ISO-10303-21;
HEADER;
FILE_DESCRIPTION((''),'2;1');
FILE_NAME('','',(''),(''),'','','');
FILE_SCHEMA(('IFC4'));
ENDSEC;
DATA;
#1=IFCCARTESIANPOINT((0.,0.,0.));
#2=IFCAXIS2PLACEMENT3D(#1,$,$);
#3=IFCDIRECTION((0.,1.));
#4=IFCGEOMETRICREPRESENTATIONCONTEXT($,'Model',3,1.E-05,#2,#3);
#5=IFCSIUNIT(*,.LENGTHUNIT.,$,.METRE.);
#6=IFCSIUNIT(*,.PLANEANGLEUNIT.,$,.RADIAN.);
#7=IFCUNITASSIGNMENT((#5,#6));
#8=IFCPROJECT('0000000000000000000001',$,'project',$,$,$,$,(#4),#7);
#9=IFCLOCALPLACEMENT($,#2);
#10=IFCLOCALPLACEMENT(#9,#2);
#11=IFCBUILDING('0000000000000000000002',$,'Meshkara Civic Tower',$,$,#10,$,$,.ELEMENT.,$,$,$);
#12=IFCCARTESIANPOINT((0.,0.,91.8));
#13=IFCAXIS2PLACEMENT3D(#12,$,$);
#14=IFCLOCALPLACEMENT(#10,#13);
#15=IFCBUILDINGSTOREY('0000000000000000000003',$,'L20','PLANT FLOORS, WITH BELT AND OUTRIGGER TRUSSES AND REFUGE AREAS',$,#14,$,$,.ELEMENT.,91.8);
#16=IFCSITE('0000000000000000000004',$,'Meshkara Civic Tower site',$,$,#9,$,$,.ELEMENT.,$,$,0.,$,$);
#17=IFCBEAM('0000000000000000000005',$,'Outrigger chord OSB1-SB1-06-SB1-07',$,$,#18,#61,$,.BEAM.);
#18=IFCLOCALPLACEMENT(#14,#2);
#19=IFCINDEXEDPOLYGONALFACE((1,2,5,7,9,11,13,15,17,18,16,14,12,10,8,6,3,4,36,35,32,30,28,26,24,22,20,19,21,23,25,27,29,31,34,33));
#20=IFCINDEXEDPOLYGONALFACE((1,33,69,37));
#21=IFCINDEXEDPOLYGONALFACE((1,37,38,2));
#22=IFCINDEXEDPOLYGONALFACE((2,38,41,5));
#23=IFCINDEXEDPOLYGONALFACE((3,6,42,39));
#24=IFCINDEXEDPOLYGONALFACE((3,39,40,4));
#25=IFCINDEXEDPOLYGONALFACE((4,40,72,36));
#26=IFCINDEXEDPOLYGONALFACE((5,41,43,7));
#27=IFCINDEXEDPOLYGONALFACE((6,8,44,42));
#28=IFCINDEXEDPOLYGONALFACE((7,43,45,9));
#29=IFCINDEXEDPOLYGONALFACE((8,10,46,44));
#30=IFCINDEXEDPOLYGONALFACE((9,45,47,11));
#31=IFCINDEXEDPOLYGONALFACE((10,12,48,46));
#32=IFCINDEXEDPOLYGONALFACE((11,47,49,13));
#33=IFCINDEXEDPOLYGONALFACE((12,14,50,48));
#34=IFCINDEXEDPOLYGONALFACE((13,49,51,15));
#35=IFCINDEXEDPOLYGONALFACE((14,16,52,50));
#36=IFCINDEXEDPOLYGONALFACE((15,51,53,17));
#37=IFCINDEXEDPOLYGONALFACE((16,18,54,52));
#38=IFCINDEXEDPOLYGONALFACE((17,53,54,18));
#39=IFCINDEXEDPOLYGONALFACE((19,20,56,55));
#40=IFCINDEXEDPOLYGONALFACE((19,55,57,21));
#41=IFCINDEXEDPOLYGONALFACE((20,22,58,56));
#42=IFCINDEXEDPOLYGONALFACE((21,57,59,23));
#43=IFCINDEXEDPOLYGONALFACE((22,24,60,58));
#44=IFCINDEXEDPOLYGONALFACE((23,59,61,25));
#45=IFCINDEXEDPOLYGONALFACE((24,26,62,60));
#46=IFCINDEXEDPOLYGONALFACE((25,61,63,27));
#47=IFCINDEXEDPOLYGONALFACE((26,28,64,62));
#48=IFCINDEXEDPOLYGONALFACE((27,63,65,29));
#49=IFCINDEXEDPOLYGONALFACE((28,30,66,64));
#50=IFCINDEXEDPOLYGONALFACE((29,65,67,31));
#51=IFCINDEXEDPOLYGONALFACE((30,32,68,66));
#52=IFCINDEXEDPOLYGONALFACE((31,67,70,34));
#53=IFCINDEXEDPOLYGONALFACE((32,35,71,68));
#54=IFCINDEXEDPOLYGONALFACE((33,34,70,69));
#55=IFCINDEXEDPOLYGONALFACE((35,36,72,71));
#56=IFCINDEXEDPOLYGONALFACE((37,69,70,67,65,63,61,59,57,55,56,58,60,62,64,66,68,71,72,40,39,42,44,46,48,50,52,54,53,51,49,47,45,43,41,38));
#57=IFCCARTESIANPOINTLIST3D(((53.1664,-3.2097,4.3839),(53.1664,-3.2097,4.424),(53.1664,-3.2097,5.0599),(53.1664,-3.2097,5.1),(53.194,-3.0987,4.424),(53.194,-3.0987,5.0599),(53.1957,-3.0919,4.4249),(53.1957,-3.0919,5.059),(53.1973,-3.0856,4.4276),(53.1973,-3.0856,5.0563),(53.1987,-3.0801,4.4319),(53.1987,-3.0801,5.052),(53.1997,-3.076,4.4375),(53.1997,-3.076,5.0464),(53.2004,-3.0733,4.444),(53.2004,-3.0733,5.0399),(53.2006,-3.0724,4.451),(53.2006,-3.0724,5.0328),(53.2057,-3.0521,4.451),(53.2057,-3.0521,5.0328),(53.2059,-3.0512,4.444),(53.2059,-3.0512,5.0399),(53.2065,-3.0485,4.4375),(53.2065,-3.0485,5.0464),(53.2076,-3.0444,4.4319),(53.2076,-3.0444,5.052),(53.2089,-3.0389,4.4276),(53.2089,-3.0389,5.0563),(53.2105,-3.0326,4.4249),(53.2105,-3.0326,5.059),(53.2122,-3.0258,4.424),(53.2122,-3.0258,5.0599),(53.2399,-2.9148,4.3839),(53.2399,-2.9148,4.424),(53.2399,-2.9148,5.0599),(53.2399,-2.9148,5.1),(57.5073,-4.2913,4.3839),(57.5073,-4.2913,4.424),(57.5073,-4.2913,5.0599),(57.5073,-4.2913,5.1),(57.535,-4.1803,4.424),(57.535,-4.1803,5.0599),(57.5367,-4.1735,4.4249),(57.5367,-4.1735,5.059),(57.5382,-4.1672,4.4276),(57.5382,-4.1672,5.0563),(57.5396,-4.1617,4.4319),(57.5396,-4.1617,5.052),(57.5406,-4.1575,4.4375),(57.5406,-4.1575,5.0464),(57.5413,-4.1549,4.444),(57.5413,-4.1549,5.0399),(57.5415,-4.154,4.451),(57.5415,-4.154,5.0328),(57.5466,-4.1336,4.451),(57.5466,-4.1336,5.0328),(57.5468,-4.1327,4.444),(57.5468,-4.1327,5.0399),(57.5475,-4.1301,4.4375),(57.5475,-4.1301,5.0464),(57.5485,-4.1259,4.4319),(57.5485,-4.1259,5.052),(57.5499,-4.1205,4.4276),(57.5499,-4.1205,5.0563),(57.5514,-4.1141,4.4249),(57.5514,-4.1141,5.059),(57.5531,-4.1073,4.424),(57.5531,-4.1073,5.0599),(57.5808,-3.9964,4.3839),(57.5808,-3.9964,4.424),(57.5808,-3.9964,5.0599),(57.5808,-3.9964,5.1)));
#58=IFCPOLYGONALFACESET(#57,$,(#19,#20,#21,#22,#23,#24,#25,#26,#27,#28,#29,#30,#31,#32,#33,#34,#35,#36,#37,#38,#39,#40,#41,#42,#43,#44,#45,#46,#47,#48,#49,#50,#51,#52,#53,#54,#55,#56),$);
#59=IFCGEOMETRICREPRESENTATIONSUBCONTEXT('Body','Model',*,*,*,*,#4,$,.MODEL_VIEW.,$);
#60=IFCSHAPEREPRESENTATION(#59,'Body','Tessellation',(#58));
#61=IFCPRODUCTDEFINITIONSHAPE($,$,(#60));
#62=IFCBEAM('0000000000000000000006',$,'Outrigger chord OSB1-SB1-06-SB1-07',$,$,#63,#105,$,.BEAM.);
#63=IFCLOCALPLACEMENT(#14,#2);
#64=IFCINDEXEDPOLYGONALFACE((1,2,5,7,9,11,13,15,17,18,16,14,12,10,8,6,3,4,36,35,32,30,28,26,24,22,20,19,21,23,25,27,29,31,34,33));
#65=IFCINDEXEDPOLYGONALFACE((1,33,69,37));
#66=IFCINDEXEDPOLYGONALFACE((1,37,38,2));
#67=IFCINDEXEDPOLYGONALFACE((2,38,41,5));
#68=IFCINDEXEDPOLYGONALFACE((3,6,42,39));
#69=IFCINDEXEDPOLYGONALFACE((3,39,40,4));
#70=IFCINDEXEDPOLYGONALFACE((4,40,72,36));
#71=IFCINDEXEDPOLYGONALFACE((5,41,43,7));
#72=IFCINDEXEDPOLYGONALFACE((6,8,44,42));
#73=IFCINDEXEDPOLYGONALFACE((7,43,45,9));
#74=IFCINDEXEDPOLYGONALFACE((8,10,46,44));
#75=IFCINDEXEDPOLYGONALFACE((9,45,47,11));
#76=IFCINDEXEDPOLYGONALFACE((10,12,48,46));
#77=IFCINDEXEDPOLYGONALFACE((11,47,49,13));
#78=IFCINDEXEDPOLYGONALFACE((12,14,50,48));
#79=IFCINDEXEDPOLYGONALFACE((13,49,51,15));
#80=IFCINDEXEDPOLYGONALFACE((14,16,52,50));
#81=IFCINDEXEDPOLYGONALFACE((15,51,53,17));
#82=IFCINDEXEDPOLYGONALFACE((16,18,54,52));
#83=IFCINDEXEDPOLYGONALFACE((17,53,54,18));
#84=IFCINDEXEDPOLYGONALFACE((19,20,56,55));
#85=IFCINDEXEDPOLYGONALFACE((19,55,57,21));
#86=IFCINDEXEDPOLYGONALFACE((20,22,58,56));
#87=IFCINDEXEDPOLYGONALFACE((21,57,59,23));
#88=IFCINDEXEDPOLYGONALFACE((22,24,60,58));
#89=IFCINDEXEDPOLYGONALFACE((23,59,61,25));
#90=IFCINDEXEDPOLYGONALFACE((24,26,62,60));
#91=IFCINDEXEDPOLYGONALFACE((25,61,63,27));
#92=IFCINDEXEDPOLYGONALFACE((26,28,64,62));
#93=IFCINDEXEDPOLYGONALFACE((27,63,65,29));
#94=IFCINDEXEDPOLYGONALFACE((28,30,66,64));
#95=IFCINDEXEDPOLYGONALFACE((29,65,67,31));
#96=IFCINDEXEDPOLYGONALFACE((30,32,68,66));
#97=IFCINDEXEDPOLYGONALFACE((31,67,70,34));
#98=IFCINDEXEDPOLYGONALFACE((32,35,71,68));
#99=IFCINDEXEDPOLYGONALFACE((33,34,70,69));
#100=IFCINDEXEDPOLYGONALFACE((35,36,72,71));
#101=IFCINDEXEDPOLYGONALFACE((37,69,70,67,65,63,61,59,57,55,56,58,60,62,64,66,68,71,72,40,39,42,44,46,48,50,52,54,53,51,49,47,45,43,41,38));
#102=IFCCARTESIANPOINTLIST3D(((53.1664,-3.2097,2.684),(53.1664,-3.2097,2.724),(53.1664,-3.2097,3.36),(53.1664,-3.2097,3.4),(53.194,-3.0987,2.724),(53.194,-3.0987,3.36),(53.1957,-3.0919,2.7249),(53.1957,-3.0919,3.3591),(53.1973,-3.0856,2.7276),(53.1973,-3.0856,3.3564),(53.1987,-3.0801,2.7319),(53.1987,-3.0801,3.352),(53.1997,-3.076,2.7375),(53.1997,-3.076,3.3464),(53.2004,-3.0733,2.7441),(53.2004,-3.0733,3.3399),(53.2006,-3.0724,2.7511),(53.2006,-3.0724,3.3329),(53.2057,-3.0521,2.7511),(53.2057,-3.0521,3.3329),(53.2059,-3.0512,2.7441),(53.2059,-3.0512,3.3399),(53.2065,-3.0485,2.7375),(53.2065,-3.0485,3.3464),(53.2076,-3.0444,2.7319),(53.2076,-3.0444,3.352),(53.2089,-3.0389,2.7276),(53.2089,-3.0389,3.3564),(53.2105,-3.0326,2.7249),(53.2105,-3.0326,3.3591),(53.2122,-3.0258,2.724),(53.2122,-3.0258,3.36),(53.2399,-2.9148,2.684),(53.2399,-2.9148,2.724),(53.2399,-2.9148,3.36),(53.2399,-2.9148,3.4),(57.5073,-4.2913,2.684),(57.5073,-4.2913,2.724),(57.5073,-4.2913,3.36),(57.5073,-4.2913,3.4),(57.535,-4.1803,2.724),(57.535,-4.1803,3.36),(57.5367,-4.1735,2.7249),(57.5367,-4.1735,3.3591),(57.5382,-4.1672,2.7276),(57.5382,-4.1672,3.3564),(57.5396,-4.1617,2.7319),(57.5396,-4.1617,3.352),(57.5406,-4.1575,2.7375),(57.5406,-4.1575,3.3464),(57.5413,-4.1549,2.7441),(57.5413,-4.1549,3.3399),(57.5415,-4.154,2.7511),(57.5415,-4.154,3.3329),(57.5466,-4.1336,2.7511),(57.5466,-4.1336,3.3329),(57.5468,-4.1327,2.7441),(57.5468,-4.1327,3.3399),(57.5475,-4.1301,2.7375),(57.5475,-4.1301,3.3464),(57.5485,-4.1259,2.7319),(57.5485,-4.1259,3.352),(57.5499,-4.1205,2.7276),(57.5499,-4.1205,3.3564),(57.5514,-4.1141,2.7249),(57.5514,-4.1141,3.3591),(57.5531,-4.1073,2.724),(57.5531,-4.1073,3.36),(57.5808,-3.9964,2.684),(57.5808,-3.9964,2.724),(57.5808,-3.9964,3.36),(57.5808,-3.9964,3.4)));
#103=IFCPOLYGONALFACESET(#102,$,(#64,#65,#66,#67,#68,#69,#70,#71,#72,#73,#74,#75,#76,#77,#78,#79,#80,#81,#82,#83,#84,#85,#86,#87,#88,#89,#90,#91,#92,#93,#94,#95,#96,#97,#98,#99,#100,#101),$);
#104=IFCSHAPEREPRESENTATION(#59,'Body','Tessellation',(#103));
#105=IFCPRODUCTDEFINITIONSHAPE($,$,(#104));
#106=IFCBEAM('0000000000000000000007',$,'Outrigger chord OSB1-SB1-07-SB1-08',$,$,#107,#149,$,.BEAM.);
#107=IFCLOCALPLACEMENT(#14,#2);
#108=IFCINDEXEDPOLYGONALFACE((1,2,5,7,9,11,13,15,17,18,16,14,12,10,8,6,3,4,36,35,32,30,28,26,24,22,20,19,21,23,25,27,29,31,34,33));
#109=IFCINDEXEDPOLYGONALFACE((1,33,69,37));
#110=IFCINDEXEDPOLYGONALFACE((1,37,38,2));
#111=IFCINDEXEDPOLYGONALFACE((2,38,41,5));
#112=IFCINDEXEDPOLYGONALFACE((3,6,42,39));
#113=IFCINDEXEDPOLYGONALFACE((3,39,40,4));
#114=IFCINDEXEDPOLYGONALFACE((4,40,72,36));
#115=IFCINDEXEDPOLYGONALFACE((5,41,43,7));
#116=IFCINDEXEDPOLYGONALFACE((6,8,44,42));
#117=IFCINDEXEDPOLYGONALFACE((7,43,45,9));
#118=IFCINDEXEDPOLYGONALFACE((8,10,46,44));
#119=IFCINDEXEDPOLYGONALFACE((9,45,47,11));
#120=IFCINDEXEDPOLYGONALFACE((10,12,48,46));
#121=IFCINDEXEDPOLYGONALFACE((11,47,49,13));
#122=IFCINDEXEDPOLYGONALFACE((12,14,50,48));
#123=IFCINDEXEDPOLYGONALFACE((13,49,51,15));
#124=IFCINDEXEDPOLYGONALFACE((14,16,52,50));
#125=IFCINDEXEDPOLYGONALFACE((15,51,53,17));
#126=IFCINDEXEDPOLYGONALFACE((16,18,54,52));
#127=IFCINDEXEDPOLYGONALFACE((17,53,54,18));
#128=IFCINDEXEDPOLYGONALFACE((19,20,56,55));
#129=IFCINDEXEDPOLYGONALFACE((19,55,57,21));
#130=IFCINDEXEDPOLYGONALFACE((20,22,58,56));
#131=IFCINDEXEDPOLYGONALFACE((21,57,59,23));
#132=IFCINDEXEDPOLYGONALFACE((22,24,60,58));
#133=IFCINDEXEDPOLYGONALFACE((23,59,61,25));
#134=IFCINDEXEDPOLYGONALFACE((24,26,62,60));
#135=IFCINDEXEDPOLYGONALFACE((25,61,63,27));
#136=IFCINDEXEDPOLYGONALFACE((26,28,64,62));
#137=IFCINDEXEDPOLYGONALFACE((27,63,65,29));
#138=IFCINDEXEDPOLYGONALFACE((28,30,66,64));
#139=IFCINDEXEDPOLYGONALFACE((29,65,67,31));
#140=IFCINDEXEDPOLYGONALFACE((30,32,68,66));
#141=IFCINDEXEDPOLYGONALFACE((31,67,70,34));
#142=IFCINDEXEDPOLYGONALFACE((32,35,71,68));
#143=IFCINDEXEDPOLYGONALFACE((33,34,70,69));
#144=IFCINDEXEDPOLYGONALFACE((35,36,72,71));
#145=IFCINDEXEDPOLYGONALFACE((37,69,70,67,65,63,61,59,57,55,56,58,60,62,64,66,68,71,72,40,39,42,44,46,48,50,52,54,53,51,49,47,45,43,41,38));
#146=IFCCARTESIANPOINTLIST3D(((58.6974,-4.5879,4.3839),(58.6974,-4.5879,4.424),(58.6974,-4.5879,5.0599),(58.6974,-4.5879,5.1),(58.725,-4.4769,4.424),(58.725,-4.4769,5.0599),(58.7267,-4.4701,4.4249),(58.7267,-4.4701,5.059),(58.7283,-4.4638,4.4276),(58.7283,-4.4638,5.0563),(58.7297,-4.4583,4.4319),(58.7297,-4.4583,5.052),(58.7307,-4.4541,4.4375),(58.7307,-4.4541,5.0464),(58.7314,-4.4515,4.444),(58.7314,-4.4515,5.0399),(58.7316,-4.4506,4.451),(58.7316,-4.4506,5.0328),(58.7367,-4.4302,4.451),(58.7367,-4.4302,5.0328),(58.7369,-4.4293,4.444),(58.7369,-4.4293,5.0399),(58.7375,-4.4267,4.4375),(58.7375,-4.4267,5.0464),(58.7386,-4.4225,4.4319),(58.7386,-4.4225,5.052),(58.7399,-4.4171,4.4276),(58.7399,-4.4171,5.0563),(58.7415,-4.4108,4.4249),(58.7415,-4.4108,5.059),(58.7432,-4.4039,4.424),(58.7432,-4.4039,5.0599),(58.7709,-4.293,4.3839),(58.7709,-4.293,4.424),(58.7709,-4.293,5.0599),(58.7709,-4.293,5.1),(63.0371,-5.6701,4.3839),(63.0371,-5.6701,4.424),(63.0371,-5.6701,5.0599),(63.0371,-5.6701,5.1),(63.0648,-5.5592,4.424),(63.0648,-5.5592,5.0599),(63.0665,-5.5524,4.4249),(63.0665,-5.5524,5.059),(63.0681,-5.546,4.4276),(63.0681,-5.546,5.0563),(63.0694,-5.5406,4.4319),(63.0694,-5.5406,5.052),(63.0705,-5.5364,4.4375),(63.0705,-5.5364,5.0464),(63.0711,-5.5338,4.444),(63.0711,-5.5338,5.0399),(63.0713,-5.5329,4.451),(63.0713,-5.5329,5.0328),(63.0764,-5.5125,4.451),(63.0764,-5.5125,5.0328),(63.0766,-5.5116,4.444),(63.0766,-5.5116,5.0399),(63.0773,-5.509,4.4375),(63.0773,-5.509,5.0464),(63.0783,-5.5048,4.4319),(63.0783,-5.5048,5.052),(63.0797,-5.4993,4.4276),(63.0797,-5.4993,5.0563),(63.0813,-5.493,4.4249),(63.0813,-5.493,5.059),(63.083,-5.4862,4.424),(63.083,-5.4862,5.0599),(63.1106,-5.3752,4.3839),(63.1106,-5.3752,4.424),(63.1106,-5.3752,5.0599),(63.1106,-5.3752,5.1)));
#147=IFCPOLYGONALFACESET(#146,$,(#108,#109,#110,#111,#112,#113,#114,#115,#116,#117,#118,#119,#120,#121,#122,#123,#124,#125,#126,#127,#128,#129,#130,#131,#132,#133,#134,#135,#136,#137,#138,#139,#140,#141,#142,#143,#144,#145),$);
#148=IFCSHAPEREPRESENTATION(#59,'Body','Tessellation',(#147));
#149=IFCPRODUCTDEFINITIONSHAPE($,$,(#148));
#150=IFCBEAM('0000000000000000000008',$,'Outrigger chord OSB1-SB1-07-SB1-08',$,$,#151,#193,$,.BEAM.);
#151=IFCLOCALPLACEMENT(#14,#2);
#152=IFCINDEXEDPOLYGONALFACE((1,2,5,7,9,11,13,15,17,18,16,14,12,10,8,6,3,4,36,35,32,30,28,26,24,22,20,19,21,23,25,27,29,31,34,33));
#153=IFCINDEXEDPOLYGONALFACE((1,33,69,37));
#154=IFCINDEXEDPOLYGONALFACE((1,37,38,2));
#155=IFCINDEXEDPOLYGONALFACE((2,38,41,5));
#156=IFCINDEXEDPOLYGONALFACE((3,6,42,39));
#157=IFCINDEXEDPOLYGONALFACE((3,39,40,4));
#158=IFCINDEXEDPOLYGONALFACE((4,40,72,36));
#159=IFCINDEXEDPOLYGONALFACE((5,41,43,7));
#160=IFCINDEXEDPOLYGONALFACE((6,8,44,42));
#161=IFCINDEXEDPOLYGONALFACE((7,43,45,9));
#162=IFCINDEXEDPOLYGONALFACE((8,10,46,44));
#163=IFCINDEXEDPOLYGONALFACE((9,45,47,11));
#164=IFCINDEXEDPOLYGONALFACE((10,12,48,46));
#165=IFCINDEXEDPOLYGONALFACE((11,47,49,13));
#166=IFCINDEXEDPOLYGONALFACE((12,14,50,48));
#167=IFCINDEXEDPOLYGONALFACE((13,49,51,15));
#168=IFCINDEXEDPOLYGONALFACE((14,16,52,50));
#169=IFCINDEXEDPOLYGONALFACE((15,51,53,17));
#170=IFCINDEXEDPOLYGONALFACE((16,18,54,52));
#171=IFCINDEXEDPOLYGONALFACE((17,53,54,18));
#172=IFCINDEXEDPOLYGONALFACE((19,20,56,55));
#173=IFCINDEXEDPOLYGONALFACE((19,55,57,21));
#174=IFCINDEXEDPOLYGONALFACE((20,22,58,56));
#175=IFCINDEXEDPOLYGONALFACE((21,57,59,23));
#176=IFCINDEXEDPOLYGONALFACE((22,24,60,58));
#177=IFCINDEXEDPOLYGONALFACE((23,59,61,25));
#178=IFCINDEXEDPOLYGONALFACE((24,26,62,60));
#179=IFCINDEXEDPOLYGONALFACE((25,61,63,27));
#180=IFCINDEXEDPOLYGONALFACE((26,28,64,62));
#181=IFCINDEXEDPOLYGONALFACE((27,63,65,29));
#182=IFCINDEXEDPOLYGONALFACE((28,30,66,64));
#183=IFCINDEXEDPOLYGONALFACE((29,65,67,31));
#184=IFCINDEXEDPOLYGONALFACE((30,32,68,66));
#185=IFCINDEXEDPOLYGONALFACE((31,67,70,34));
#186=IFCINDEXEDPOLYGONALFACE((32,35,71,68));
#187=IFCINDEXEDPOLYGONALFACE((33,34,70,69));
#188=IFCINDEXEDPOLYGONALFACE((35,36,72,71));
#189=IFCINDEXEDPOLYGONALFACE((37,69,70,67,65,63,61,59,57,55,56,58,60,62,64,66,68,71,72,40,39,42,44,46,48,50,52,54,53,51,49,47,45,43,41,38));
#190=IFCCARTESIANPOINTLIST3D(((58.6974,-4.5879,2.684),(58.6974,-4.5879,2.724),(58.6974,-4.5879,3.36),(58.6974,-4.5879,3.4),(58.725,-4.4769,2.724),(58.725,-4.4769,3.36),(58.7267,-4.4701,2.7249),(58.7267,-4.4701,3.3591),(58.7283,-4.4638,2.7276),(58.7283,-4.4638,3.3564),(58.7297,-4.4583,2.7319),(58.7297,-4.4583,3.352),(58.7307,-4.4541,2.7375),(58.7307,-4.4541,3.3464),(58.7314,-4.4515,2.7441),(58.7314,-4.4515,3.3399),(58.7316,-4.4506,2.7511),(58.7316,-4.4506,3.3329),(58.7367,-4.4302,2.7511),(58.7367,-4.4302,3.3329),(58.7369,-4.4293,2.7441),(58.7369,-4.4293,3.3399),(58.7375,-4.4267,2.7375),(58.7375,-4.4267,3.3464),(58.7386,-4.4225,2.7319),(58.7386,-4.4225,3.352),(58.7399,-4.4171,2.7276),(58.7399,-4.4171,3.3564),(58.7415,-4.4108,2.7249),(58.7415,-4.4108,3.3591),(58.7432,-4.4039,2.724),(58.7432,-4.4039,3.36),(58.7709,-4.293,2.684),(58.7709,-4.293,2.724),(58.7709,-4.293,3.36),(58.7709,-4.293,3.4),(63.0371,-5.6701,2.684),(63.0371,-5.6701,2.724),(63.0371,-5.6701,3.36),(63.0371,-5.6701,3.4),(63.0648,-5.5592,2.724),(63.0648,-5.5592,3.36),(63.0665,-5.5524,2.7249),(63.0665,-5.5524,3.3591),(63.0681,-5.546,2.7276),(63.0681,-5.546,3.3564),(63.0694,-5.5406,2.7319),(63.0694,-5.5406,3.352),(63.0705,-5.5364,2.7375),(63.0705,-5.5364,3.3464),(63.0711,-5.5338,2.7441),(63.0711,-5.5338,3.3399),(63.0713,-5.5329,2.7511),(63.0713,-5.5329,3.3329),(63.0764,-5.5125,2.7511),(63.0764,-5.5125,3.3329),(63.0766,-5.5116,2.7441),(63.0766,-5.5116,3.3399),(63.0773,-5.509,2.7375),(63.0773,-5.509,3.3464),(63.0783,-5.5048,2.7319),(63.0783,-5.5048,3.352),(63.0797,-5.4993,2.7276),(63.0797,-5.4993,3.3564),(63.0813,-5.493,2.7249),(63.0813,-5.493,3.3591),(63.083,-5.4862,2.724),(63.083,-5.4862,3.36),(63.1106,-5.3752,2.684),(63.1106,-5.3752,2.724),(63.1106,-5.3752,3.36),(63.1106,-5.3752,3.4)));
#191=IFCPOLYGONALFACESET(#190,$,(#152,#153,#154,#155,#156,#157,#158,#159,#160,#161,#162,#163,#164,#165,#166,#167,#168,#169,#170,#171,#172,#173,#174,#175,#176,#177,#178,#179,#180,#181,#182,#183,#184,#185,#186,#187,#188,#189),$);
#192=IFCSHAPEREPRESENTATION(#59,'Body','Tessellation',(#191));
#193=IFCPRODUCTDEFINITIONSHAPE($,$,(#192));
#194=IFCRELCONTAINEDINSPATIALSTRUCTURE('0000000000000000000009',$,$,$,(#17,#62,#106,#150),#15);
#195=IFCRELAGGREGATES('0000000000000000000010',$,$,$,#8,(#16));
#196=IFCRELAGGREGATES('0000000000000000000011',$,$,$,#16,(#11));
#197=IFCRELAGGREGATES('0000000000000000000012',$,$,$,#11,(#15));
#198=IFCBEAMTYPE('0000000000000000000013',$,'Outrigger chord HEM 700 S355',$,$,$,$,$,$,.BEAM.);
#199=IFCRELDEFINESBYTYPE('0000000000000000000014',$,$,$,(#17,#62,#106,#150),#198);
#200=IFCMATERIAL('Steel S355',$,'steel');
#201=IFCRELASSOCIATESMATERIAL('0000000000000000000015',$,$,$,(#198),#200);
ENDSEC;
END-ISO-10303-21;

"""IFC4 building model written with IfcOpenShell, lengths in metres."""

from ifc_helpers import new_model, si_unit, direction, frame, origin, origin_2d, place, context, subcontext, project, spatial, i_section, extrude, material, material_profile, profile_set, type_object, element, save


model = new_model("IFC4")

# Units and contexts
model_context = context("Model", 3, precision=1e-05, world=origin(), true_north=direction((0.0, 1.0)))
body_context = subcontext(model_context, "Body", "Model", "MODEL_VIEW")
ifc_project = project(units=[si_unit("LENGTHUNIT", "METRE"), si_unit("PLANEANGLEUNIT", "RADIAN")], contexts=[model_context])

# Site, building, storey
site_placement = place(None, origin())
site = spatial("IfcSite", under=ifc_project, at=site_placement, Name="Meshkara Civic Tower site", CompositionType="ELEMENT", RefElevation=0.0)
building_placement = place(site_placement, origin())
building = spatial("IfcBuilding", under=site, at=building_placement, Name="Meshkara Civic Tower", CompositionType="ELEMENT")
storey_placement = place(building_placement, frame((0.0, 0.0, 91.8)))
storey = spatial("IfcBuildingStorey", under=building, at=storey_placement, Name="L20", Description="PLANT FLOORS, WITH BELT AND OUTRIGGER TRUSSES AND REFUGE AREAS", CompositionType="ELEMENT", Elevation=91.8)

# Beams
ifc_material_1 = material(Name="Steel S355", Category="steel")
ifc_material_profile_1 = material_profile(ifc_material_1, i_section(OverallWidth=0.304, OverallDepth=0.7161, WebThickness=0.021, FlangeThickness=0.04, FilletRadius=0.0271, at=origin_2d()))
ifc_profile_set_1 = profile_set([ifc_material_profile_1], Name="Steel S355")
beam_type_1 = type_object("IfcBeamType", Name="Outrigger chord HEM 700 S355", PredefinedType="BEAM", material=ifc_profile_set_1)
for number, where, z_axis, x_axis, name in (
    (1, (53.2031, -3.0623, 4.7419), (0.970335, -0.241765, 0.0), (0.241765, 0.970335, 0.0), "Outrigger chord OSB1-SB1-06-SB1-07"),
    (2, (53.2031, -3.0623, 3.042), (0.970335, -0.241765, 0.0), (0.241765, 0.970335, 0.0), "Outrigger chord OSB1-SB1-06-SB1-07"),
):
    element("IfcBeam", number, at=place(storey_placement, frame(where, z_axis=z_axis, x_axis=x_axis)), inside=storey, type_object=beam_type_1, Name=name, PredefinedType="BEAM", context=body_context, shape_type="SweptSolid", body=[
        extrude(i_section(OverallWidth=0.304, OverallDepth=0.7161, WebThickness=0.021, FlangeThickness=0.04, FilletRadius=0.0271, at=origin_2d()), origin(), (0.0, 0.0, 1.0), 4.4736),
    ])
for number, where, z_axis, x_axis, name in (
    (3, (58.7341, -4.4404, 4.7419), (0.970284, -0.24197, 0.0), (0.24197, 0.970284, 0.0), "Outrigger chord OSB1-SB1-07-SB1-08"),
    (4, (58.7341, -4.4404, 3.042), (0.970284, -0.24197, 0.0), (0.24197, 0.970284, 0.0), "Outrigger chord OSB1-SB1-07-SB1-08"),
):
    element("IfcBeam", number, at=place(storey_placement, frame(where, z_axis=z_axis, x_axis=x_axis)), inside=storey, type_object=beam_type_1, Name=name, PredefinedType="BEAM", context=body_context, shape_type="SweptSolid", body=[
        extrude(i_section(OverallWidth=0.304, OverallDepth=0.7161, WebThickness=0.021, FlangeThickness=0.04, FilletRadius=0.0271, at=origin_2d()), origin(), (0.0, 0.0, 1.0), 4.4727),
    ])

save(model, "model.ifc")
